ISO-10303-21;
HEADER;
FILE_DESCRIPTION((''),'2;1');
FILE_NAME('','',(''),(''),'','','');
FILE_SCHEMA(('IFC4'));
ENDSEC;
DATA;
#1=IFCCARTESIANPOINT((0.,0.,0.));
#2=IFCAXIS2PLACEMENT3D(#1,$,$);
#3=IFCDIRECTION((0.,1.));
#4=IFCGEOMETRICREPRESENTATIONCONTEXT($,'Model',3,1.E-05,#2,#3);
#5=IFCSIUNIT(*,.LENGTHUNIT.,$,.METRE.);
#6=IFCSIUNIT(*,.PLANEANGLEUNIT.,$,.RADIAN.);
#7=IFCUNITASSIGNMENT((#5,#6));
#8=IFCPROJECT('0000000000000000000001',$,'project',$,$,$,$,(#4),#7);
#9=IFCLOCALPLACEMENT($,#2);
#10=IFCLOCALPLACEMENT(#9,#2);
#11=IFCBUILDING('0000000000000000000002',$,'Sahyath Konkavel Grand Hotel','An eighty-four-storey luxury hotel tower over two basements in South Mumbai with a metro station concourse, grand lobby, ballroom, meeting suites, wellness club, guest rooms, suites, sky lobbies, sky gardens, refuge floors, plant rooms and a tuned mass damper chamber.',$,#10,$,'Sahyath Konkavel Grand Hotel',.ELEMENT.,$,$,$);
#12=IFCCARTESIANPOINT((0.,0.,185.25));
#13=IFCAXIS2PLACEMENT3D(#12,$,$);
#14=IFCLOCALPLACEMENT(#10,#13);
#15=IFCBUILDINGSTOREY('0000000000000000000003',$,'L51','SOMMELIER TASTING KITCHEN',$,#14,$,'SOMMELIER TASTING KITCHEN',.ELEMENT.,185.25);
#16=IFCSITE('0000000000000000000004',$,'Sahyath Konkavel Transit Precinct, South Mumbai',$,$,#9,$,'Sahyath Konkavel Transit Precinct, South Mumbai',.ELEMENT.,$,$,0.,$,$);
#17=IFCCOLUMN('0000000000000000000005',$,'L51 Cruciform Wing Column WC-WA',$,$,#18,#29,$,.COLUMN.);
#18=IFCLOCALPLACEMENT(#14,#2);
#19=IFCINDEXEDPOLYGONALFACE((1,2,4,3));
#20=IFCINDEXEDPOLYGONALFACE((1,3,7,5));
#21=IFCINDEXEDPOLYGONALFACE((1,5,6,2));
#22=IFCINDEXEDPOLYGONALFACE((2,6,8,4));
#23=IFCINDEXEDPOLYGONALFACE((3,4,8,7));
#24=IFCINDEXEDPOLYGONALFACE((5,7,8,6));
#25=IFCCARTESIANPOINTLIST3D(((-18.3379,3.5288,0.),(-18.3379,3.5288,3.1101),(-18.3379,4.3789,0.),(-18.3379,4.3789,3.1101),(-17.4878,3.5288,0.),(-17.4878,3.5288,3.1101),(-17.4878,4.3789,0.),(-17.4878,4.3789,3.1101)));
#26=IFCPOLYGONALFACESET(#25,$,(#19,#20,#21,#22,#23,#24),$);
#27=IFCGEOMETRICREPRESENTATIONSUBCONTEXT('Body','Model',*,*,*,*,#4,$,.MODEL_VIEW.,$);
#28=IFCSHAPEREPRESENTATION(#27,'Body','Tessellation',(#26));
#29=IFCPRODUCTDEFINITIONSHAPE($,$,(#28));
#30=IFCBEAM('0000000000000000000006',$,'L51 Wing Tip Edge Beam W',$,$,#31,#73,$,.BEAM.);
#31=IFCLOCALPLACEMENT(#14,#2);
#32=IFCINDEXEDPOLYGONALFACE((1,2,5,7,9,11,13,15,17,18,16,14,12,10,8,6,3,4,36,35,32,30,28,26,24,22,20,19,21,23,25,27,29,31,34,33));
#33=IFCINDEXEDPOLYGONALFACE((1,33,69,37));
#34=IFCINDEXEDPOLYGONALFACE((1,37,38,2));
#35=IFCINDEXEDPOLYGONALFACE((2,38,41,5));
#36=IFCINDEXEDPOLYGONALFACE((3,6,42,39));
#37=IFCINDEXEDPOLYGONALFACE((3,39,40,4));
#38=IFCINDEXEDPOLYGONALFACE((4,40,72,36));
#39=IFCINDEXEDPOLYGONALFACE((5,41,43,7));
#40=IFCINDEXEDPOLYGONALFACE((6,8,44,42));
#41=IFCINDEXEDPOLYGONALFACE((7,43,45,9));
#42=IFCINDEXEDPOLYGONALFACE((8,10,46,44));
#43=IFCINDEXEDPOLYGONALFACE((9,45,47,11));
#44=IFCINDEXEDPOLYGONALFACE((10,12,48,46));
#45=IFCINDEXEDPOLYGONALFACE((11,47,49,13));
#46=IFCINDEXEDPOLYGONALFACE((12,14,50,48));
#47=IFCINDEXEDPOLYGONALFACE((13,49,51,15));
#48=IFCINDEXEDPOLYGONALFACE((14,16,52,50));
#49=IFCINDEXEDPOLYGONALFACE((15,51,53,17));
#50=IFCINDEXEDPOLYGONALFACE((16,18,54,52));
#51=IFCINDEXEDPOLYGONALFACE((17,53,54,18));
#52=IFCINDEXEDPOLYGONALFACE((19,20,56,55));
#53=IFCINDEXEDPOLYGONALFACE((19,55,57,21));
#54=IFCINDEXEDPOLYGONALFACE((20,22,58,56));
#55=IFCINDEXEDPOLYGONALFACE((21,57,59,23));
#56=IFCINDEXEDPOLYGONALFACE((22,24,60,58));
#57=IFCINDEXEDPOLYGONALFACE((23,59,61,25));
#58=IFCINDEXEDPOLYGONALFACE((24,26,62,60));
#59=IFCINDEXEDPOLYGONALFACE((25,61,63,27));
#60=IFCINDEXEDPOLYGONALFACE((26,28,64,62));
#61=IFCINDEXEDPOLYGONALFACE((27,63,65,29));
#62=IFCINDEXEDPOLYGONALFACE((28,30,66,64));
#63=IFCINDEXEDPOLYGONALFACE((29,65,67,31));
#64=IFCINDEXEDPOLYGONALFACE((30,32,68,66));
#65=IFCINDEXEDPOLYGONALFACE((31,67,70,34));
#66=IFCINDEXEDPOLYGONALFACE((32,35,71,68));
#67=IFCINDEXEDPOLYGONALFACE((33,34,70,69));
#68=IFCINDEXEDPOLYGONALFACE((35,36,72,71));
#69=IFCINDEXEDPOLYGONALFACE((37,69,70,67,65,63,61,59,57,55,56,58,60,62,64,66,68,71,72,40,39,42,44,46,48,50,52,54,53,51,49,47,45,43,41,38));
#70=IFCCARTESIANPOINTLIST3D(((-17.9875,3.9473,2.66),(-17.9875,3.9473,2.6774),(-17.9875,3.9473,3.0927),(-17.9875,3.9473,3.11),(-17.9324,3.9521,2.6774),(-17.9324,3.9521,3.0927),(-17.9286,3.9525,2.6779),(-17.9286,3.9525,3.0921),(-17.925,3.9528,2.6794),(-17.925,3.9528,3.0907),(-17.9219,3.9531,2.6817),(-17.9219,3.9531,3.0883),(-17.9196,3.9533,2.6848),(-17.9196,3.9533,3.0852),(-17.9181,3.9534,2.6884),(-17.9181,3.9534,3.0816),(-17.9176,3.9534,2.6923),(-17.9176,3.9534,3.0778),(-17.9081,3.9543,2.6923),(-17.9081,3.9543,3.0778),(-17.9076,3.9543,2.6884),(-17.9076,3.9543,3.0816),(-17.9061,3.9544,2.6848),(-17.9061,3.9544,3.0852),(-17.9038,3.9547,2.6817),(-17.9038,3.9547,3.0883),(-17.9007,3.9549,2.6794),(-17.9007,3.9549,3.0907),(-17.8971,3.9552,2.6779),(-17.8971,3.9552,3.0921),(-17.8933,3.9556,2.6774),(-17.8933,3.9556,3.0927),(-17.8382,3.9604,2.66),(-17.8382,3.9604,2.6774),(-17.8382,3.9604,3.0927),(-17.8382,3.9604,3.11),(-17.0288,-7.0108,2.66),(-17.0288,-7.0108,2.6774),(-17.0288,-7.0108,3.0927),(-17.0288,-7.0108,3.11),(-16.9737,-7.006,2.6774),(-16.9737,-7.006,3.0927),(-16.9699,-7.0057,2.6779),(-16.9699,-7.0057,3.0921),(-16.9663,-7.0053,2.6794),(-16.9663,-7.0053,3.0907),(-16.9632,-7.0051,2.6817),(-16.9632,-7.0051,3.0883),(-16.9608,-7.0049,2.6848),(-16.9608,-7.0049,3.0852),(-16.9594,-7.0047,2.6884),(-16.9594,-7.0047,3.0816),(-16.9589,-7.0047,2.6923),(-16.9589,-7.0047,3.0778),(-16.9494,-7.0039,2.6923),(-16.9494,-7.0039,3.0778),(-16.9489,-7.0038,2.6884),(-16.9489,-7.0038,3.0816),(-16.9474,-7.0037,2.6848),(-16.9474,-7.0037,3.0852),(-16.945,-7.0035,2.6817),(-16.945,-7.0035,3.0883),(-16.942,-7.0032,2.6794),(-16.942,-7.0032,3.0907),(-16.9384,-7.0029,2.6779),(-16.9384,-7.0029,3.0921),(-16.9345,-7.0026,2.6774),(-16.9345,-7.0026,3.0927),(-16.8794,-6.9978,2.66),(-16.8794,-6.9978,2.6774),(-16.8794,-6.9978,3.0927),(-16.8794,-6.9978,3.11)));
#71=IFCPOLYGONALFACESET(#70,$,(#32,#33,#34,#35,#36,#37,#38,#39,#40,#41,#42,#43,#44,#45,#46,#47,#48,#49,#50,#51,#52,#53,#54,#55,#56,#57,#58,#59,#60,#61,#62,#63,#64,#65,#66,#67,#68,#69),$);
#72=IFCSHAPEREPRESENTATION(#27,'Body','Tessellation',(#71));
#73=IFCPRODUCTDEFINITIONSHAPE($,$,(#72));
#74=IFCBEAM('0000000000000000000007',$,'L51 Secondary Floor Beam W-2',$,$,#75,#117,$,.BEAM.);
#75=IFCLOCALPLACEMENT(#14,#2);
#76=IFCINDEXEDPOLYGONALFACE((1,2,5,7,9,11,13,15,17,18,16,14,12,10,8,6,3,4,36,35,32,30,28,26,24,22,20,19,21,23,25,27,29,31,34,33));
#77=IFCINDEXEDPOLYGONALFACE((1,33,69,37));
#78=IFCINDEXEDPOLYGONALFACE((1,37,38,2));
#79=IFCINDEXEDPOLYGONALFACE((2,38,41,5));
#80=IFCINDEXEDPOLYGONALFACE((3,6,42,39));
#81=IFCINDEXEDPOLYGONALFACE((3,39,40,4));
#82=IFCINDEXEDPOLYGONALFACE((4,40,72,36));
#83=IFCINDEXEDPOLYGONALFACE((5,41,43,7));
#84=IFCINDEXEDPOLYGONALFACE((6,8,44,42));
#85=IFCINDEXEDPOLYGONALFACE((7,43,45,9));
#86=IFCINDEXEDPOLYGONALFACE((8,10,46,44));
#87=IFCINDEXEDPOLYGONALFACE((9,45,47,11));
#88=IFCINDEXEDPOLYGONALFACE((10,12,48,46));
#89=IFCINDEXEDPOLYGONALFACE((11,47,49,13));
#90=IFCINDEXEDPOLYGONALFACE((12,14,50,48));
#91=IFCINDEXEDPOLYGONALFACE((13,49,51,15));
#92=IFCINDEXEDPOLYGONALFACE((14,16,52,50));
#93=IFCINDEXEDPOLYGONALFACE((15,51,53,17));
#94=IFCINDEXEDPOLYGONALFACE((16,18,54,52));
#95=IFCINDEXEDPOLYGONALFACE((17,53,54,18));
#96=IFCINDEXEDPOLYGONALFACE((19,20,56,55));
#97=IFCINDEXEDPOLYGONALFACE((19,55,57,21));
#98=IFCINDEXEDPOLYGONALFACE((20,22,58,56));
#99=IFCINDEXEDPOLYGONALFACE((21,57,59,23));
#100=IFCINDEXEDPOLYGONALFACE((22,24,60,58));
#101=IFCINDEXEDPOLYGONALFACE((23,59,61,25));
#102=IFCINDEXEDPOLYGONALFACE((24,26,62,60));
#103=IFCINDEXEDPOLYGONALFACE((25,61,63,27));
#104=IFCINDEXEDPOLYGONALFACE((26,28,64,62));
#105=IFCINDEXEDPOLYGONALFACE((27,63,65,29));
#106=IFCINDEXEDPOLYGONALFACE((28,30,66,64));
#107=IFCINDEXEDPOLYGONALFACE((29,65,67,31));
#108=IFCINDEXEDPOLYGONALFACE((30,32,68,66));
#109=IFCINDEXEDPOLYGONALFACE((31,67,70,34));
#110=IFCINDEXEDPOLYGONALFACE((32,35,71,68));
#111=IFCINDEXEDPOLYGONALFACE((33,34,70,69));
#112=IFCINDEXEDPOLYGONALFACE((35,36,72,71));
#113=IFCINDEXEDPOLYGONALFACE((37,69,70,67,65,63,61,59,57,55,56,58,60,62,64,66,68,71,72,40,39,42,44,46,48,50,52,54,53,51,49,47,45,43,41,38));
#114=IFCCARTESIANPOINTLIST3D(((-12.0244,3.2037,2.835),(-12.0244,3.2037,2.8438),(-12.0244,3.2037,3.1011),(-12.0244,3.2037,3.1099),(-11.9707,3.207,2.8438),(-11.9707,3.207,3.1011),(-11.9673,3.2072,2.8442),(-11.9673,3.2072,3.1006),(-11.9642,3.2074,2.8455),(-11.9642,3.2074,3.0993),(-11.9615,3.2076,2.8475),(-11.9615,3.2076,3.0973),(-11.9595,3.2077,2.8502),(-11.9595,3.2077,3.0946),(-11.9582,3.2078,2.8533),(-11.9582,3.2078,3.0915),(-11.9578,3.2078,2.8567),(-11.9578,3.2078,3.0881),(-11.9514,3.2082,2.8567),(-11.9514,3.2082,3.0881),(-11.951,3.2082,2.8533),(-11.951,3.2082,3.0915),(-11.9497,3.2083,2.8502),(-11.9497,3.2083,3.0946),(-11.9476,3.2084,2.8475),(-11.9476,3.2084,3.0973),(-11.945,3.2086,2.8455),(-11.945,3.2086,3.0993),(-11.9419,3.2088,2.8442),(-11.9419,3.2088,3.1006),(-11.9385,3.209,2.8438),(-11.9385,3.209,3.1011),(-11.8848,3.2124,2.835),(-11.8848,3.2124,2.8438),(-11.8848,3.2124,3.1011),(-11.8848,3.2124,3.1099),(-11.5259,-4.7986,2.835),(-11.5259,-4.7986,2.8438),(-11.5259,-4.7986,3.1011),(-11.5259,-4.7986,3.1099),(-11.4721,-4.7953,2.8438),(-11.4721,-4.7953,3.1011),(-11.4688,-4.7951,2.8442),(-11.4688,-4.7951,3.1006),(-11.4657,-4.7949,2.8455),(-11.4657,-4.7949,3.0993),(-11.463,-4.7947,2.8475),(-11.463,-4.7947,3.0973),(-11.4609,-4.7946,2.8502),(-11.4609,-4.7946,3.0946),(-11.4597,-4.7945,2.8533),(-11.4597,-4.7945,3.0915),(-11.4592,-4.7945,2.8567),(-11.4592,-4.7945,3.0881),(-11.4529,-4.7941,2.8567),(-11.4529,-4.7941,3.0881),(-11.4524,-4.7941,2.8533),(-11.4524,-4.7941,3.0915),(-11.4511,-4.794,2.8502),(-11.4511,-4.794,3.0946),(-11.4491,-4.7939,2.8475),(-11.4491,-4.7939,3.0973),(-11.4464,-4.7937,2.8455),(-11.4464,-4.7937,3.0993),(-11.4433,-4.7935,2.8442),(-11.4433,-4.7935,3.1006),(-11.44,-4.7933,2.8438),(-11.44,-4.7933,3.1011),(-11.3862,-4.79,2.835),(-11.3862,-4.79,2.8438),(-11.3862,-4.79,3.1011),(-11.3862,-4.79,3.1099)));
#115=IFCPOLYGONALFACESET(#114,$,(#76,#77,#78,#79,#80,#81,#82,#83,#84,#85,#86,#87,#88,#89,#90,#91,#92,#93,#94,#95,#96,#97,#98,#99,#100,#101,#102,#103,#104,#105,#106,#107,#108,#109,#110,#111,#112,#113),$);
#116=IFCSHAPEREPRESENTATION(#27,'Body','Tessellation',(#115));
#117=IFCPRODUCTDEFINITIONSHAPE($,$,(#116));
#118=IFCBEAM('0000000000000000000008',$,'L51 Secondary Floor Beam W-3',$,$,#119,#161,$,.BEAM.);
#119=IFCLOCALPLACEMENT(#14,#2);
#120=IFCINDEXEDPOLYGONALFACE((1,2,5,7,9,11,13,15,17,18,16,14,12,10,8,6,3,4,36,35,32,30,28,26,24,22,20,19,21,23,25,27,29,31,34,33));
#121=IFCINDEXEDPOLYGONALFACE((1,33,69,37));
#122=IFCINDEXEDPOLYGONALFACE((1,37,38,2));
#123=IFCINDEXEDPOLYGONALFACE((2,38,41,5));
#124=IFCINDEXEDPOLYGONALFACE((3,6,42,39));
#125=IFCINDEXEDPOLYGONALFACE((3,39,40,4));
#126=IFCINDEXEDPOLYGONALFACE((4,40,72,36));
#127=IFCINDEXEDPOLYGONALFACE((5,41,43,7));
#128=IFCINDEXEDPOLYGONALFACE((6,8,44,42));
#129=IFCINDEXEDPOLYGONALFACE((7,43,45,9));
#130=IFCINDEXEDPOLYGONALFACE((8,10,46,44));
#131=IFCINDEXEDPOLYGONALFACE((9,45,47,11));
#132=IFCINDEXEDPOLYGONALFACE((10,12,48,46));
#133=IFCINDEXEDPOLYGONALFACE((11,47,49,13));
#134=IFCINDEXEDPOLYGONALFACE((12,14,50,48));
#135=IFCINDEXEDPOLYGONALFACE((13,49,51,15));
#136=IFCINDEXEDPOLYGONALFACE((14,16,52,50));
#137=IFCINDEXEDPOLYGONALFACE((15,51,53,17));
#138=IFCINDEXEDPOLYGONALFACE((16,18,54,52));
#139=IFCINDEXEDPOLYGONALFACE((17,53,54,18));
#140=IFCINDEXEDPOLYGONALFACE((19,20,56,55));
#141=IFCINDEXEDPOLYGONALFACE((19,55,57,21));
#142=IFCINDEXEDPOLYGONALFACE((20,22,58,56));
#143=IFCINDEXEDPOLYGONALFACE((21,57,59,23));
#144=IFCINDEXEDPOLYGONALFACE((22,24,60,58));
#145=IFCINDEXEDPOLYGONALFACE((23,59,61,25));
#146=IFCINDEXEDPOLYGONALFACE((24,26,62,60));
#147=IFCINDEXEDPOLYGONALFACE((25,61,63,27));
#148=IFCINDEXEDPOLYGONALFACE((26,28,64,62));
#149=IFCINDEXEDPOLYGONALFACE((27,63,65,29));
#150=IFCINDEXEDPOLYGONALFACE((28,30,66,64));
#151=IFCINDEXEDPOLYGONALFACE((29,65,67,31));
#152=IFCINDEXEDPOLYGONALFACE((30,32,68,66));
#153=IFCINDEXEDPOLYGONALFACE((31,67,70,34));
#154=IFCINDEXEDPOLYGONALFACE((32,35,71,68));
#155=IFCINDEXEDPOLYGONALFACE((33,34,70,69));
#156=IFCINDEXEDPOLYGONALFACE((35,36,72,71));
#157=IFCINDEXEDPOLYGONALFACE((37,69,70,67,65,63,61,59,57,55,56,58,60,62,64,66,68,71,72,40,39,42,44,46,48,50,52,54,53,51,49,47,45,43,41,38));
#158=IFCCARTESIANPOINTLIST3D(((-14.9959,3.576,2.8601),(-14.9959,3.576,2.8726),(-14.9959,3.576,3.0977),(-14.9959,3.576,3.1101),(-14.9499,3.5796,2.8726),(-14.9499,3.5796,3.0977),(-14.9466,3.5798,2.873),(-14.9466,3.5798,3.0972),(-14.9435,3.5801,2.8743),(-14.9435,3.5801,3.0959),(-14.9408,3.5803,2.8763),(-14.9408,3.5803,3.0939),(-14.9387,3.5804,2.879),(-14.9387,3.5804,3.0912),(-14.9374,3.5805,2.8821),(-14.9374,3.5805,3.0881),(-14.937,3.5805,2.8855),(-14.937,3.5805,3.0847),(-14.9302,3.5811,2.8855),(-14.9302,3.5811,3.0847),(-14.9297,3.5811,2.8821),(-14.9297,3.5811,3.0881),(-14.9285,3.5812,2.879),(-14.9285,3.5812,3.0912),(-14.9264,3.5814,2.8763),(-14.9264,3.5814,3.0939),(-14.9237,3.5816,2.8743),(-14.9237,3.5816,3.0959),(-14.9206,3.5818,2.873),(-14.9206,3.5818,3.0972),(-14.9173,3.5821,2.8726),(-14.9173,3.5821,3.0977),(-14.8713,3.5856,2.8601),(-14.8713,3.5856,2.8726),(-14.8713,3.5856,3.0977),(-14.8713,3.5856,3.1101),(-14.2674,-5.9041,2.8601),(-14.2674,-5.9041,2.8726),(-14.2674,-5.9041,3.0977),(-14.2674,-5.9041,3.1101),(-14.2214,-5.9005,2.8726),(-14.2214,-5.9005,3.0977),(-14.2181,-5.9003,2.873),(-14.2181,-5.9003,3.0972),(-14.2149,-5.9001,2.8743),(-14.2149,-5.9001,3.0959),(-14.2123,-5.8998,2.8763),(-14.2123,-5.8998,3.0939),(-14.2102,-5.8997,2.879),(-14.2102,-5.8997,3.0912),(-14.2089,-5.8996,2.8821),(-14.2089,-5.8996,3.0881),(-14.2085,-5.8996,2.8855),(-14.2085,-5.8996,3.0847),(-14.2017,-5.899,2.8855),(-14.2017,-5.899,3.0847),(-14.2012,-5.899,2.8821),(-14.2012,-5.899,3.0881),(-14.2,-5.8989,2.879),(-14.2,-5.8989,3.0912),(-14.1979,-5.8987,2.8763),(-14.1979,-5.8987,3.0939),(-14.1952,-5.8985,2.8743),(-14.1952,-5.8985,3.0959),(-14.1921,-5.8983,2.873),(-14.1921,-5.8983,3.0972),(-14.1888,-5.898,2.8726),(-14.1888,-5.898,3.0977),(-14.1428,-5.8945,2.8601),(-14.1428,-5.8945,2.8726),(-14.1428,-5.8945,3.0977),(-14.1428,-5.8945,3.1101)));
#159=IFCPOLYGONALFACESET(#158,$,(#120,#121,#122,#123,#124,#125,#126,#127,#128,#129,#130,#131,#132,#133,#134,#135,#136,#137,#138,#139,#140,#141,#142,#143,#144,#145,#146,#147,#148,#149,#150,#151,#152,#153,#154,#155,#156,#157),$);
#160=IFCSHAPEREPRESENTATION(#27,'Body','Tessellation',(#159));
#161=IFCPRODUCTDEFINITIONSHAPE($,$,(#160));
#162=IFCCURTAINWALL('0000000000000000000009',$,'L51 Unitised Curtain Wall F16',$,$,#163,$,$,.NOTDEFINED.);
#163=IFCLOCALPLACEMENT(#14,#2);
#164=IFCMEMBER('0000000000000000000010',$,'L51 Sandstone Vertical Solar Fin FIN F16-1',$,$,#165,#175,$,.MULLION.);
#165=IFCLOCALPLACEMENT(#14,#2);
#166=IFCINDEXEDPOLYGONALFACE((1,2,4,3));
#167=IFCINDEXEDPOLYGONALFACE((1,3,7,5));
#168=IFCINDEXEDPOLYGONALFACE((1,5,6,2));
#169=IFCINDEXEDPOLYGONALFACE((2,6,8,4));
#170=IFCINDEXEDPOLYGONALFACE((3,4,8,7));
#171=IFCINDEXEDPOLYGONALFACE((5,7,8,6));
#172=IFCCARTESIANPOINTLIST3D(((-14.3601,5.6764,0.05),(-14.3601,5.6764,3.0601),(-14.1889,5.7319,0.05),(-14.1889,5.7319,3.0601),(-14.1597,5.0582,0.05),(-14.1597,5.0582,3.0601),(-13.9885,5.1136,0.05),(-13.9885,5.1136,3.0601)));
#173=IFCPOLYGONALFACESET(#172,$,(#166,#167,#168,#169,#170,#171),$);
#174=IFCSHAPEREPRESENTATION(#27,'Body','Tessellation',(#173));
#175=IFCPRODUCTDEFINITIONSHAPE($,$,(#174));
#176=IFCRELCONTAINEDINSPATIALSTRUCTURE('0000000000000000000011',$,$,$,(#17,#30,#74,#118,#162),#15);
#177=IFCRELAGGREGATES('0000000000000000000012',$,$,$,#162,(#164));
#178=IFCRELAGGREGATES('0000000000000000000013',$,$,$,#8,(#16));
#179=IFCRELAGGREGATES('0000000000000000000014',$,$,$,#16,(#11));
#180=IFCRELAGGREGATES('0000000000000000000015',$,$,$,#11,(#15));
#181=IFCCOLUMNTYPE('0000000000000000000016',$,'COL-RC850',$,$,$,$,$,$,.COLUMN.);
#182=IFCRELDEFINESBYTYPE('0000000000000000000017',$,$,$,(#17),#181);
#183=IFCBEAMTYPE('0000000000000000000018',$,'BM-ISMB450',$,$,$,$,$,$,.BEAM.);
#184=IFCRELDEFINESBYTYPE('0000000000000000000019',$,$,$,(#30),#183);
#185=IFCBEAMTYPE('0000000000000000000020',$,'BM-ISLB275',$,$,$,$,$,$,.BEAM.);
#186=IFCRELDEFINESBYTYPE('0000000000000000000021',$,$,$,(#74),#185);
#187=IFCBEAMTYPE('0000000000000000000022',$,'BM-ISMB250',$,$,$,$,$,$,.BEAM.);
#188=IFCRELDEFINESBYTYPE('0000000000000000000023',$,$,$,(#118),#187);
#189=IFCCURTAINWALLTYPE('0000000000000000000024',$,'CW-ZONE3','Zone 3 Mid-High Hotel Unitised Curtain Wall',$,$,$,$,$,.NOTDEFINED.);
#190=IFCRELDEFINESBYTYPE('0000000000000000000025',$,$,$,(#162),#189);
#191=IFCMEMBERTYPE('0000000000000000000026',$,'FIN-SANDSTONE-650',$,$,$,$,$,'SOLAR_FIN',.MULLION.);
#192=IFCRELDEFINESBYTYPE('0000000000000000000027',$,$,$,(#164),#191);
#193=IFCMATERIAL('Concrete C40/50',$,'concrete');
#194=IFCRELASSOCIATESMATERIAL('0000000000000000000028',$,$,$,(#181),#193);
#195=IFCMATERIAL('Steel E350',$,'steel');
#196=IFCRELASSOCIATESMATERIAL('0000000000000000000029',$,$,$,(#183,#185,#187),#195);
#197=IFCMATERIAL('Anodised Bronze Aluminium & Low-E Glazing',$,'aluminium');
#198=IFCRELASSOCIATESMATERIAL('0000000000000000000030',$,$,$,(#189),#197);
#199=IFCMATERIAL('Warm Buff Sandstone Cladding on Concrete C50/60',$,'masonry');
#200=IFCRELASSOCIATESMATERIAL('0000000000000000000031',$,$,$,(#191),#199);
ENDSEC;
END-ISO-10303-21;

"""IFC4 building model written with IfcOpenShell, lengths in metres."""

from ifc_helpers import new_model, si_unit, direction, frame, origin, origin_2d, place, context, subcontext, project, spatial, rectangle, i_section, extrude, source, transform, mapped, material, material_profile, profile_set, type_object, element, aggregate, save


model = new_model("IFC4")

# Units and contexts
model_context = context("Model", 3, precision=1e-05, world=origin(), true_north=direction((0.0, 1.0)))
body_context = subcontext(model_context, "Body", "Model", "MODEL_VIEW")
ifc_project = project(units=[si_unit("LENGTHUNIT", "METRE"), si_unit("PLANEANGLEUNIT", "RADIAN")], contexts=[model_context])

# Site, building, storey
site_placement = place(None, origin())
site = spatial("IfcSite", under=ifc_project, at=site_placement, Name="Sahyath Konkavel Transit Precinct, South Mumbai", LongName="Sahyath Konkavel Transit Precinct, South Mumbai", CompositionType="ELEMENT", RefElevation=0.0)
building_placement = place(site_placement, origin())
building = spatial("IfcBuilding", under=site, at=building_placement, Name="Sahyath Konkavel Grand Hotel", Description="An eighty-four-storey luxury hotel tower over two basements in South Mumbai with a metro station concourse, grand lobby, ballroom, meeting suites, wellness club, guest rooms, suites, sky lobbies, sky gardens, refuge floors, plant rooms and a tuned mass damper chamber.", LongName="Sahyath Konkavel Grand Hotel", CompositionType="ELEMENT")
storey_placement = place(building_placement, frame((0.0, 0.0, 185.25)))
storey = spatial("IfcBuildingStorey", under=building, at=storey_placement, Name="L51", Description="SOMMELIER TASTING KITCHEN", LongName="SOMMELIER TASTING KITCHEN", CompositionType="ELEMENT", Elevation=185.25)

# Column
ifc_material_1 = material(Name="Concrete C40/50", Category="concrete")
ifc_material_profile_1 = material_profile(ifc_material_1, rectangle(XDim=0.8501, YDim=0.8501, at=origin_2d()), Name="RC 850x850")
ifc_profile_set_1 = profile_set([ifc_material_profile_1], Name="Concrete C40/50")
column_type = type_object("IfcColumnType", Name="COL-RC850", PredefinedType="COLUMN", material=ifc_profile_set_1)
shared_shape_1 = source(origin(), body_context, "Body", "SweptSolid", [
    extrude(rectangle(XDim=0.8501, YDim=0.8501, at=origin_2d()), origin(), (0.0, 0.0, 1.0), 3.1101),
])
column_placement = place(storey_placement, frame((-17.9128, 3.9539, 0.0), z_axis=(0.0, 0.0, 1.0), x_axis=(1.0, 0.0, 0.0)))
element("IfcColumn", 1, at=column_placement, inside=storey, type_object=column_type, Name="L51 Cruciform Wing Column WC-WA", PredefinedType="COLUMN", context=body_context, shape_type="MappedRepresentation", body=[
    mapped(shared_shape_1, transform((0.0, 0.0, 0.0), scale=1.0)),
])

# Beams
ifc_material_2 = material(Name="Steel E350", Category="steel")
ifc_material_profile_2 = material_profile(ifc_material_2, i_section(OverallWidth=0.1499, OverallDepth=0.45, WebThickness=0.0095, FlangeThickness=0.0173, FilletRadius=0.0149, at=origin_2d()), Name="ISMB 450")
ifc_profile_set_2 = profile_set([ifc_material_profile_2], Name="Steel E350")
beam_type_1 = type_object("IfcBeamType", Name="BM-ISMB450", PredefinedType="BEAM", material=ifc_profile_set_2)
shared_shape_2 = source(origin(), body_context, "Body", "SweptSolid", [
    extrude(i_section(OverallWidth=0.1499, OverallDepth=0.45, WebThickness=0.0095, FlangeThickness=0.0173, FilletRadius=0.0149, at=origin_2d()), origin(), (0.0, 0.0, 1.0), 11.0),
])
beam_1_placement = place(storey_placement, frame((-17.9128, 3.9539, 2.885), z_axis=(0.087157, -0.996195, 0.0), x_axis=(0.996195, 0.087157, 0.0)))
element("IfcBeam", 2, at=beam_1_placement, inside=storey, type_object=beam_type_1, Name="L51 Wing Tip Edge Beam W", PredefinedType="BEAM", context=body_context, shape_type="MappedRepresentation", body=[
    mapped(shared_shape_2, transform((0.0, 0.0, 0.0), scale=1.0)),
])
ifc_material_profile_3 = material_profile(ifc_material_2, i_section(OverallWidth=0.1399, OverallDepth=0.2749, WebThickness=0.0063, FlangeThickness=0.0088, FilletRadius=0.0129, at=origin_2d()), Name="ISLB 275")
ifc_profile_set_3 = profile_set([ifc_material_profile_3], Name="Steel E350")
beam_type_2 = type_object("IfcBeamType", Name="BM-ISLB275", PredefinedType="BEAM", material=ifc_profile_set_3)
shared_shape_3 = source(origin(), body_context, "Body", "SweptSolid", [
    extrude(i_section(OverallWidth=0.1399, OverallDepth=0.2749, WebThickness=0.0063, FlangeThickness=0.0088, FilletRadius=0.0129, at=origin_2d()), origin(), (0.0, 0.0, 1.0), 8.0178),
])
beam_2_placement = place(storey_placement, frame((-11.9546, 3.208, 2.9724), z_axis=(0.062179, -0.998065, 0.0), x_axis=(0.998065, 0.062179, 0.0)))
element("IfcBeam", 3, at=beam_2_placement, inside=storey, type_object=beam_type_2, Name="L51 Secondary Floor Beam W-2", PredefinedType="BEAM", context=body_context, shape_type="MappedRepresentation", body=[
    mapped(shared_shape_3, transform((0.0, 0.0, 0.0), scale=1.0)),
])
ifc_material_profile_4 = material_profile(ifc_material_2, i_section(OverallWidth=0.125, OverallDepth=0.25, WebThickness=0.0068, FlangeThickness=0.0125, FilletRadius=0.0129, at=origin_2d()), Name="ISMB 250")
ifc_profile_set_4 = profile_set([ifc_material_profile_4], Name="Steel E350")
beam_type_3 = type_object("IfcBeamType", Name="BM-ISMB250", PredefinedType="BEAM", material=ifc_profile_set_4)
shared_shape_4 = source(origin(), body_context, "Body", "SweptSolid", [
    extrude(i_section(OverallWidth=0.125, OverallDepth=0.25, WebThickness=0.0068, FlangeThickness=0.0125, FilletRadius=0.0129, at=origin_2d()), origin(), (0.0, 0.0, 1.0), 9.5081),
])
beam_3_placement = place(storey_placement, frame((-14.9336, 3.5808, 2.9851), z_axis=(0.07662, -0.99706, 0.0), x_axis=(0.99706, 0.07662, 0.0)))
element("IfcBeam", 4, at=beam_3_placement, inside=storey, type_object=beam_type_3, Name="L51 Secondary Floor Beam W-3", PredefinedType="BEAM", context=body_context, shape_type="MappedRepresentation", body=[
    mapped(shared_shape_4, transform((0.0, 0.0, 0.0), scale=1.0)),
])

# Curtain wall, member
ifc_material_3 = material(Name="Anodised Bronze Aluminium & Low-E Glazing", Category="aluminium")
curtain_wall_type = type_object("IfcCurtainWallType", Name="CW-ZONE3", Description="Zone 3 Mid-High Hotel Unitised Curtain Wall", PredefinedType="NOTDEFINED", material=ifc_material_3)
curtain_wall_1_placement = place(storey_placement, origin())
curtain_wall_1 = element("IfcCurtainWall", 5, at=curtain_wall_1_placement, inside=storey, type_object=curtain_wall_type, Name="L51 Unitised Curtain Wall F16", PredefinedType="NOTDEFINED")
ifc_material_4 = material(Name="Warm Buff Sandstone Cladding on Concrete C50/60", Category="masonry")
ifc_material_profile_5 = material_profile(ifc_material_4, rectangle(XDim=0.1799, YDim=0.6499, at=origin_2d()), Name="FIN 180x650")
ifc_profile_set_5 = profile_set([ifc_material_profile_5], Name="Warm Buff Sandstone Cladding on Concrete C50/60")
member_type_1 = type_object("IfcMemberType", Name="FIN-SANDSTONE-650", ElementType="SOLAR_FIN", PredefinedType="MULLION", material=ifc_profile_set_5)
shared_shape_5 = source(origin(), body_context, "Body", "SweptSolid", [
    extrude(rectangle(XDim=0.1799, YDim=0.6499, at=origin_2d()), origin(), (0.0, 0.0, 1.0), 3.01),
])
member_1_placement = place(storey_placement, frame((-14.1743, 5.395, 0.05), z_axis=(0.0, 0.0, 1.0), x_axis=(0.951272, 0.308353, 0.0)))
member_1 = element("IfcMember", 6, at=member_1_placement, type_object=member_type_1, Name="L51 Sandstone Vertical Solar Fin FIN F16-1", PredefinedType="MULLION", context=body_context, shape_type="MappedRepresentation", body=[
    mapped(shared_shape_5, transform((0.0, 0.0, 0.0), scale=1.0)),
])

aggregate(curtain_wall_1, [member_1])

save(model, "model.ifc")
